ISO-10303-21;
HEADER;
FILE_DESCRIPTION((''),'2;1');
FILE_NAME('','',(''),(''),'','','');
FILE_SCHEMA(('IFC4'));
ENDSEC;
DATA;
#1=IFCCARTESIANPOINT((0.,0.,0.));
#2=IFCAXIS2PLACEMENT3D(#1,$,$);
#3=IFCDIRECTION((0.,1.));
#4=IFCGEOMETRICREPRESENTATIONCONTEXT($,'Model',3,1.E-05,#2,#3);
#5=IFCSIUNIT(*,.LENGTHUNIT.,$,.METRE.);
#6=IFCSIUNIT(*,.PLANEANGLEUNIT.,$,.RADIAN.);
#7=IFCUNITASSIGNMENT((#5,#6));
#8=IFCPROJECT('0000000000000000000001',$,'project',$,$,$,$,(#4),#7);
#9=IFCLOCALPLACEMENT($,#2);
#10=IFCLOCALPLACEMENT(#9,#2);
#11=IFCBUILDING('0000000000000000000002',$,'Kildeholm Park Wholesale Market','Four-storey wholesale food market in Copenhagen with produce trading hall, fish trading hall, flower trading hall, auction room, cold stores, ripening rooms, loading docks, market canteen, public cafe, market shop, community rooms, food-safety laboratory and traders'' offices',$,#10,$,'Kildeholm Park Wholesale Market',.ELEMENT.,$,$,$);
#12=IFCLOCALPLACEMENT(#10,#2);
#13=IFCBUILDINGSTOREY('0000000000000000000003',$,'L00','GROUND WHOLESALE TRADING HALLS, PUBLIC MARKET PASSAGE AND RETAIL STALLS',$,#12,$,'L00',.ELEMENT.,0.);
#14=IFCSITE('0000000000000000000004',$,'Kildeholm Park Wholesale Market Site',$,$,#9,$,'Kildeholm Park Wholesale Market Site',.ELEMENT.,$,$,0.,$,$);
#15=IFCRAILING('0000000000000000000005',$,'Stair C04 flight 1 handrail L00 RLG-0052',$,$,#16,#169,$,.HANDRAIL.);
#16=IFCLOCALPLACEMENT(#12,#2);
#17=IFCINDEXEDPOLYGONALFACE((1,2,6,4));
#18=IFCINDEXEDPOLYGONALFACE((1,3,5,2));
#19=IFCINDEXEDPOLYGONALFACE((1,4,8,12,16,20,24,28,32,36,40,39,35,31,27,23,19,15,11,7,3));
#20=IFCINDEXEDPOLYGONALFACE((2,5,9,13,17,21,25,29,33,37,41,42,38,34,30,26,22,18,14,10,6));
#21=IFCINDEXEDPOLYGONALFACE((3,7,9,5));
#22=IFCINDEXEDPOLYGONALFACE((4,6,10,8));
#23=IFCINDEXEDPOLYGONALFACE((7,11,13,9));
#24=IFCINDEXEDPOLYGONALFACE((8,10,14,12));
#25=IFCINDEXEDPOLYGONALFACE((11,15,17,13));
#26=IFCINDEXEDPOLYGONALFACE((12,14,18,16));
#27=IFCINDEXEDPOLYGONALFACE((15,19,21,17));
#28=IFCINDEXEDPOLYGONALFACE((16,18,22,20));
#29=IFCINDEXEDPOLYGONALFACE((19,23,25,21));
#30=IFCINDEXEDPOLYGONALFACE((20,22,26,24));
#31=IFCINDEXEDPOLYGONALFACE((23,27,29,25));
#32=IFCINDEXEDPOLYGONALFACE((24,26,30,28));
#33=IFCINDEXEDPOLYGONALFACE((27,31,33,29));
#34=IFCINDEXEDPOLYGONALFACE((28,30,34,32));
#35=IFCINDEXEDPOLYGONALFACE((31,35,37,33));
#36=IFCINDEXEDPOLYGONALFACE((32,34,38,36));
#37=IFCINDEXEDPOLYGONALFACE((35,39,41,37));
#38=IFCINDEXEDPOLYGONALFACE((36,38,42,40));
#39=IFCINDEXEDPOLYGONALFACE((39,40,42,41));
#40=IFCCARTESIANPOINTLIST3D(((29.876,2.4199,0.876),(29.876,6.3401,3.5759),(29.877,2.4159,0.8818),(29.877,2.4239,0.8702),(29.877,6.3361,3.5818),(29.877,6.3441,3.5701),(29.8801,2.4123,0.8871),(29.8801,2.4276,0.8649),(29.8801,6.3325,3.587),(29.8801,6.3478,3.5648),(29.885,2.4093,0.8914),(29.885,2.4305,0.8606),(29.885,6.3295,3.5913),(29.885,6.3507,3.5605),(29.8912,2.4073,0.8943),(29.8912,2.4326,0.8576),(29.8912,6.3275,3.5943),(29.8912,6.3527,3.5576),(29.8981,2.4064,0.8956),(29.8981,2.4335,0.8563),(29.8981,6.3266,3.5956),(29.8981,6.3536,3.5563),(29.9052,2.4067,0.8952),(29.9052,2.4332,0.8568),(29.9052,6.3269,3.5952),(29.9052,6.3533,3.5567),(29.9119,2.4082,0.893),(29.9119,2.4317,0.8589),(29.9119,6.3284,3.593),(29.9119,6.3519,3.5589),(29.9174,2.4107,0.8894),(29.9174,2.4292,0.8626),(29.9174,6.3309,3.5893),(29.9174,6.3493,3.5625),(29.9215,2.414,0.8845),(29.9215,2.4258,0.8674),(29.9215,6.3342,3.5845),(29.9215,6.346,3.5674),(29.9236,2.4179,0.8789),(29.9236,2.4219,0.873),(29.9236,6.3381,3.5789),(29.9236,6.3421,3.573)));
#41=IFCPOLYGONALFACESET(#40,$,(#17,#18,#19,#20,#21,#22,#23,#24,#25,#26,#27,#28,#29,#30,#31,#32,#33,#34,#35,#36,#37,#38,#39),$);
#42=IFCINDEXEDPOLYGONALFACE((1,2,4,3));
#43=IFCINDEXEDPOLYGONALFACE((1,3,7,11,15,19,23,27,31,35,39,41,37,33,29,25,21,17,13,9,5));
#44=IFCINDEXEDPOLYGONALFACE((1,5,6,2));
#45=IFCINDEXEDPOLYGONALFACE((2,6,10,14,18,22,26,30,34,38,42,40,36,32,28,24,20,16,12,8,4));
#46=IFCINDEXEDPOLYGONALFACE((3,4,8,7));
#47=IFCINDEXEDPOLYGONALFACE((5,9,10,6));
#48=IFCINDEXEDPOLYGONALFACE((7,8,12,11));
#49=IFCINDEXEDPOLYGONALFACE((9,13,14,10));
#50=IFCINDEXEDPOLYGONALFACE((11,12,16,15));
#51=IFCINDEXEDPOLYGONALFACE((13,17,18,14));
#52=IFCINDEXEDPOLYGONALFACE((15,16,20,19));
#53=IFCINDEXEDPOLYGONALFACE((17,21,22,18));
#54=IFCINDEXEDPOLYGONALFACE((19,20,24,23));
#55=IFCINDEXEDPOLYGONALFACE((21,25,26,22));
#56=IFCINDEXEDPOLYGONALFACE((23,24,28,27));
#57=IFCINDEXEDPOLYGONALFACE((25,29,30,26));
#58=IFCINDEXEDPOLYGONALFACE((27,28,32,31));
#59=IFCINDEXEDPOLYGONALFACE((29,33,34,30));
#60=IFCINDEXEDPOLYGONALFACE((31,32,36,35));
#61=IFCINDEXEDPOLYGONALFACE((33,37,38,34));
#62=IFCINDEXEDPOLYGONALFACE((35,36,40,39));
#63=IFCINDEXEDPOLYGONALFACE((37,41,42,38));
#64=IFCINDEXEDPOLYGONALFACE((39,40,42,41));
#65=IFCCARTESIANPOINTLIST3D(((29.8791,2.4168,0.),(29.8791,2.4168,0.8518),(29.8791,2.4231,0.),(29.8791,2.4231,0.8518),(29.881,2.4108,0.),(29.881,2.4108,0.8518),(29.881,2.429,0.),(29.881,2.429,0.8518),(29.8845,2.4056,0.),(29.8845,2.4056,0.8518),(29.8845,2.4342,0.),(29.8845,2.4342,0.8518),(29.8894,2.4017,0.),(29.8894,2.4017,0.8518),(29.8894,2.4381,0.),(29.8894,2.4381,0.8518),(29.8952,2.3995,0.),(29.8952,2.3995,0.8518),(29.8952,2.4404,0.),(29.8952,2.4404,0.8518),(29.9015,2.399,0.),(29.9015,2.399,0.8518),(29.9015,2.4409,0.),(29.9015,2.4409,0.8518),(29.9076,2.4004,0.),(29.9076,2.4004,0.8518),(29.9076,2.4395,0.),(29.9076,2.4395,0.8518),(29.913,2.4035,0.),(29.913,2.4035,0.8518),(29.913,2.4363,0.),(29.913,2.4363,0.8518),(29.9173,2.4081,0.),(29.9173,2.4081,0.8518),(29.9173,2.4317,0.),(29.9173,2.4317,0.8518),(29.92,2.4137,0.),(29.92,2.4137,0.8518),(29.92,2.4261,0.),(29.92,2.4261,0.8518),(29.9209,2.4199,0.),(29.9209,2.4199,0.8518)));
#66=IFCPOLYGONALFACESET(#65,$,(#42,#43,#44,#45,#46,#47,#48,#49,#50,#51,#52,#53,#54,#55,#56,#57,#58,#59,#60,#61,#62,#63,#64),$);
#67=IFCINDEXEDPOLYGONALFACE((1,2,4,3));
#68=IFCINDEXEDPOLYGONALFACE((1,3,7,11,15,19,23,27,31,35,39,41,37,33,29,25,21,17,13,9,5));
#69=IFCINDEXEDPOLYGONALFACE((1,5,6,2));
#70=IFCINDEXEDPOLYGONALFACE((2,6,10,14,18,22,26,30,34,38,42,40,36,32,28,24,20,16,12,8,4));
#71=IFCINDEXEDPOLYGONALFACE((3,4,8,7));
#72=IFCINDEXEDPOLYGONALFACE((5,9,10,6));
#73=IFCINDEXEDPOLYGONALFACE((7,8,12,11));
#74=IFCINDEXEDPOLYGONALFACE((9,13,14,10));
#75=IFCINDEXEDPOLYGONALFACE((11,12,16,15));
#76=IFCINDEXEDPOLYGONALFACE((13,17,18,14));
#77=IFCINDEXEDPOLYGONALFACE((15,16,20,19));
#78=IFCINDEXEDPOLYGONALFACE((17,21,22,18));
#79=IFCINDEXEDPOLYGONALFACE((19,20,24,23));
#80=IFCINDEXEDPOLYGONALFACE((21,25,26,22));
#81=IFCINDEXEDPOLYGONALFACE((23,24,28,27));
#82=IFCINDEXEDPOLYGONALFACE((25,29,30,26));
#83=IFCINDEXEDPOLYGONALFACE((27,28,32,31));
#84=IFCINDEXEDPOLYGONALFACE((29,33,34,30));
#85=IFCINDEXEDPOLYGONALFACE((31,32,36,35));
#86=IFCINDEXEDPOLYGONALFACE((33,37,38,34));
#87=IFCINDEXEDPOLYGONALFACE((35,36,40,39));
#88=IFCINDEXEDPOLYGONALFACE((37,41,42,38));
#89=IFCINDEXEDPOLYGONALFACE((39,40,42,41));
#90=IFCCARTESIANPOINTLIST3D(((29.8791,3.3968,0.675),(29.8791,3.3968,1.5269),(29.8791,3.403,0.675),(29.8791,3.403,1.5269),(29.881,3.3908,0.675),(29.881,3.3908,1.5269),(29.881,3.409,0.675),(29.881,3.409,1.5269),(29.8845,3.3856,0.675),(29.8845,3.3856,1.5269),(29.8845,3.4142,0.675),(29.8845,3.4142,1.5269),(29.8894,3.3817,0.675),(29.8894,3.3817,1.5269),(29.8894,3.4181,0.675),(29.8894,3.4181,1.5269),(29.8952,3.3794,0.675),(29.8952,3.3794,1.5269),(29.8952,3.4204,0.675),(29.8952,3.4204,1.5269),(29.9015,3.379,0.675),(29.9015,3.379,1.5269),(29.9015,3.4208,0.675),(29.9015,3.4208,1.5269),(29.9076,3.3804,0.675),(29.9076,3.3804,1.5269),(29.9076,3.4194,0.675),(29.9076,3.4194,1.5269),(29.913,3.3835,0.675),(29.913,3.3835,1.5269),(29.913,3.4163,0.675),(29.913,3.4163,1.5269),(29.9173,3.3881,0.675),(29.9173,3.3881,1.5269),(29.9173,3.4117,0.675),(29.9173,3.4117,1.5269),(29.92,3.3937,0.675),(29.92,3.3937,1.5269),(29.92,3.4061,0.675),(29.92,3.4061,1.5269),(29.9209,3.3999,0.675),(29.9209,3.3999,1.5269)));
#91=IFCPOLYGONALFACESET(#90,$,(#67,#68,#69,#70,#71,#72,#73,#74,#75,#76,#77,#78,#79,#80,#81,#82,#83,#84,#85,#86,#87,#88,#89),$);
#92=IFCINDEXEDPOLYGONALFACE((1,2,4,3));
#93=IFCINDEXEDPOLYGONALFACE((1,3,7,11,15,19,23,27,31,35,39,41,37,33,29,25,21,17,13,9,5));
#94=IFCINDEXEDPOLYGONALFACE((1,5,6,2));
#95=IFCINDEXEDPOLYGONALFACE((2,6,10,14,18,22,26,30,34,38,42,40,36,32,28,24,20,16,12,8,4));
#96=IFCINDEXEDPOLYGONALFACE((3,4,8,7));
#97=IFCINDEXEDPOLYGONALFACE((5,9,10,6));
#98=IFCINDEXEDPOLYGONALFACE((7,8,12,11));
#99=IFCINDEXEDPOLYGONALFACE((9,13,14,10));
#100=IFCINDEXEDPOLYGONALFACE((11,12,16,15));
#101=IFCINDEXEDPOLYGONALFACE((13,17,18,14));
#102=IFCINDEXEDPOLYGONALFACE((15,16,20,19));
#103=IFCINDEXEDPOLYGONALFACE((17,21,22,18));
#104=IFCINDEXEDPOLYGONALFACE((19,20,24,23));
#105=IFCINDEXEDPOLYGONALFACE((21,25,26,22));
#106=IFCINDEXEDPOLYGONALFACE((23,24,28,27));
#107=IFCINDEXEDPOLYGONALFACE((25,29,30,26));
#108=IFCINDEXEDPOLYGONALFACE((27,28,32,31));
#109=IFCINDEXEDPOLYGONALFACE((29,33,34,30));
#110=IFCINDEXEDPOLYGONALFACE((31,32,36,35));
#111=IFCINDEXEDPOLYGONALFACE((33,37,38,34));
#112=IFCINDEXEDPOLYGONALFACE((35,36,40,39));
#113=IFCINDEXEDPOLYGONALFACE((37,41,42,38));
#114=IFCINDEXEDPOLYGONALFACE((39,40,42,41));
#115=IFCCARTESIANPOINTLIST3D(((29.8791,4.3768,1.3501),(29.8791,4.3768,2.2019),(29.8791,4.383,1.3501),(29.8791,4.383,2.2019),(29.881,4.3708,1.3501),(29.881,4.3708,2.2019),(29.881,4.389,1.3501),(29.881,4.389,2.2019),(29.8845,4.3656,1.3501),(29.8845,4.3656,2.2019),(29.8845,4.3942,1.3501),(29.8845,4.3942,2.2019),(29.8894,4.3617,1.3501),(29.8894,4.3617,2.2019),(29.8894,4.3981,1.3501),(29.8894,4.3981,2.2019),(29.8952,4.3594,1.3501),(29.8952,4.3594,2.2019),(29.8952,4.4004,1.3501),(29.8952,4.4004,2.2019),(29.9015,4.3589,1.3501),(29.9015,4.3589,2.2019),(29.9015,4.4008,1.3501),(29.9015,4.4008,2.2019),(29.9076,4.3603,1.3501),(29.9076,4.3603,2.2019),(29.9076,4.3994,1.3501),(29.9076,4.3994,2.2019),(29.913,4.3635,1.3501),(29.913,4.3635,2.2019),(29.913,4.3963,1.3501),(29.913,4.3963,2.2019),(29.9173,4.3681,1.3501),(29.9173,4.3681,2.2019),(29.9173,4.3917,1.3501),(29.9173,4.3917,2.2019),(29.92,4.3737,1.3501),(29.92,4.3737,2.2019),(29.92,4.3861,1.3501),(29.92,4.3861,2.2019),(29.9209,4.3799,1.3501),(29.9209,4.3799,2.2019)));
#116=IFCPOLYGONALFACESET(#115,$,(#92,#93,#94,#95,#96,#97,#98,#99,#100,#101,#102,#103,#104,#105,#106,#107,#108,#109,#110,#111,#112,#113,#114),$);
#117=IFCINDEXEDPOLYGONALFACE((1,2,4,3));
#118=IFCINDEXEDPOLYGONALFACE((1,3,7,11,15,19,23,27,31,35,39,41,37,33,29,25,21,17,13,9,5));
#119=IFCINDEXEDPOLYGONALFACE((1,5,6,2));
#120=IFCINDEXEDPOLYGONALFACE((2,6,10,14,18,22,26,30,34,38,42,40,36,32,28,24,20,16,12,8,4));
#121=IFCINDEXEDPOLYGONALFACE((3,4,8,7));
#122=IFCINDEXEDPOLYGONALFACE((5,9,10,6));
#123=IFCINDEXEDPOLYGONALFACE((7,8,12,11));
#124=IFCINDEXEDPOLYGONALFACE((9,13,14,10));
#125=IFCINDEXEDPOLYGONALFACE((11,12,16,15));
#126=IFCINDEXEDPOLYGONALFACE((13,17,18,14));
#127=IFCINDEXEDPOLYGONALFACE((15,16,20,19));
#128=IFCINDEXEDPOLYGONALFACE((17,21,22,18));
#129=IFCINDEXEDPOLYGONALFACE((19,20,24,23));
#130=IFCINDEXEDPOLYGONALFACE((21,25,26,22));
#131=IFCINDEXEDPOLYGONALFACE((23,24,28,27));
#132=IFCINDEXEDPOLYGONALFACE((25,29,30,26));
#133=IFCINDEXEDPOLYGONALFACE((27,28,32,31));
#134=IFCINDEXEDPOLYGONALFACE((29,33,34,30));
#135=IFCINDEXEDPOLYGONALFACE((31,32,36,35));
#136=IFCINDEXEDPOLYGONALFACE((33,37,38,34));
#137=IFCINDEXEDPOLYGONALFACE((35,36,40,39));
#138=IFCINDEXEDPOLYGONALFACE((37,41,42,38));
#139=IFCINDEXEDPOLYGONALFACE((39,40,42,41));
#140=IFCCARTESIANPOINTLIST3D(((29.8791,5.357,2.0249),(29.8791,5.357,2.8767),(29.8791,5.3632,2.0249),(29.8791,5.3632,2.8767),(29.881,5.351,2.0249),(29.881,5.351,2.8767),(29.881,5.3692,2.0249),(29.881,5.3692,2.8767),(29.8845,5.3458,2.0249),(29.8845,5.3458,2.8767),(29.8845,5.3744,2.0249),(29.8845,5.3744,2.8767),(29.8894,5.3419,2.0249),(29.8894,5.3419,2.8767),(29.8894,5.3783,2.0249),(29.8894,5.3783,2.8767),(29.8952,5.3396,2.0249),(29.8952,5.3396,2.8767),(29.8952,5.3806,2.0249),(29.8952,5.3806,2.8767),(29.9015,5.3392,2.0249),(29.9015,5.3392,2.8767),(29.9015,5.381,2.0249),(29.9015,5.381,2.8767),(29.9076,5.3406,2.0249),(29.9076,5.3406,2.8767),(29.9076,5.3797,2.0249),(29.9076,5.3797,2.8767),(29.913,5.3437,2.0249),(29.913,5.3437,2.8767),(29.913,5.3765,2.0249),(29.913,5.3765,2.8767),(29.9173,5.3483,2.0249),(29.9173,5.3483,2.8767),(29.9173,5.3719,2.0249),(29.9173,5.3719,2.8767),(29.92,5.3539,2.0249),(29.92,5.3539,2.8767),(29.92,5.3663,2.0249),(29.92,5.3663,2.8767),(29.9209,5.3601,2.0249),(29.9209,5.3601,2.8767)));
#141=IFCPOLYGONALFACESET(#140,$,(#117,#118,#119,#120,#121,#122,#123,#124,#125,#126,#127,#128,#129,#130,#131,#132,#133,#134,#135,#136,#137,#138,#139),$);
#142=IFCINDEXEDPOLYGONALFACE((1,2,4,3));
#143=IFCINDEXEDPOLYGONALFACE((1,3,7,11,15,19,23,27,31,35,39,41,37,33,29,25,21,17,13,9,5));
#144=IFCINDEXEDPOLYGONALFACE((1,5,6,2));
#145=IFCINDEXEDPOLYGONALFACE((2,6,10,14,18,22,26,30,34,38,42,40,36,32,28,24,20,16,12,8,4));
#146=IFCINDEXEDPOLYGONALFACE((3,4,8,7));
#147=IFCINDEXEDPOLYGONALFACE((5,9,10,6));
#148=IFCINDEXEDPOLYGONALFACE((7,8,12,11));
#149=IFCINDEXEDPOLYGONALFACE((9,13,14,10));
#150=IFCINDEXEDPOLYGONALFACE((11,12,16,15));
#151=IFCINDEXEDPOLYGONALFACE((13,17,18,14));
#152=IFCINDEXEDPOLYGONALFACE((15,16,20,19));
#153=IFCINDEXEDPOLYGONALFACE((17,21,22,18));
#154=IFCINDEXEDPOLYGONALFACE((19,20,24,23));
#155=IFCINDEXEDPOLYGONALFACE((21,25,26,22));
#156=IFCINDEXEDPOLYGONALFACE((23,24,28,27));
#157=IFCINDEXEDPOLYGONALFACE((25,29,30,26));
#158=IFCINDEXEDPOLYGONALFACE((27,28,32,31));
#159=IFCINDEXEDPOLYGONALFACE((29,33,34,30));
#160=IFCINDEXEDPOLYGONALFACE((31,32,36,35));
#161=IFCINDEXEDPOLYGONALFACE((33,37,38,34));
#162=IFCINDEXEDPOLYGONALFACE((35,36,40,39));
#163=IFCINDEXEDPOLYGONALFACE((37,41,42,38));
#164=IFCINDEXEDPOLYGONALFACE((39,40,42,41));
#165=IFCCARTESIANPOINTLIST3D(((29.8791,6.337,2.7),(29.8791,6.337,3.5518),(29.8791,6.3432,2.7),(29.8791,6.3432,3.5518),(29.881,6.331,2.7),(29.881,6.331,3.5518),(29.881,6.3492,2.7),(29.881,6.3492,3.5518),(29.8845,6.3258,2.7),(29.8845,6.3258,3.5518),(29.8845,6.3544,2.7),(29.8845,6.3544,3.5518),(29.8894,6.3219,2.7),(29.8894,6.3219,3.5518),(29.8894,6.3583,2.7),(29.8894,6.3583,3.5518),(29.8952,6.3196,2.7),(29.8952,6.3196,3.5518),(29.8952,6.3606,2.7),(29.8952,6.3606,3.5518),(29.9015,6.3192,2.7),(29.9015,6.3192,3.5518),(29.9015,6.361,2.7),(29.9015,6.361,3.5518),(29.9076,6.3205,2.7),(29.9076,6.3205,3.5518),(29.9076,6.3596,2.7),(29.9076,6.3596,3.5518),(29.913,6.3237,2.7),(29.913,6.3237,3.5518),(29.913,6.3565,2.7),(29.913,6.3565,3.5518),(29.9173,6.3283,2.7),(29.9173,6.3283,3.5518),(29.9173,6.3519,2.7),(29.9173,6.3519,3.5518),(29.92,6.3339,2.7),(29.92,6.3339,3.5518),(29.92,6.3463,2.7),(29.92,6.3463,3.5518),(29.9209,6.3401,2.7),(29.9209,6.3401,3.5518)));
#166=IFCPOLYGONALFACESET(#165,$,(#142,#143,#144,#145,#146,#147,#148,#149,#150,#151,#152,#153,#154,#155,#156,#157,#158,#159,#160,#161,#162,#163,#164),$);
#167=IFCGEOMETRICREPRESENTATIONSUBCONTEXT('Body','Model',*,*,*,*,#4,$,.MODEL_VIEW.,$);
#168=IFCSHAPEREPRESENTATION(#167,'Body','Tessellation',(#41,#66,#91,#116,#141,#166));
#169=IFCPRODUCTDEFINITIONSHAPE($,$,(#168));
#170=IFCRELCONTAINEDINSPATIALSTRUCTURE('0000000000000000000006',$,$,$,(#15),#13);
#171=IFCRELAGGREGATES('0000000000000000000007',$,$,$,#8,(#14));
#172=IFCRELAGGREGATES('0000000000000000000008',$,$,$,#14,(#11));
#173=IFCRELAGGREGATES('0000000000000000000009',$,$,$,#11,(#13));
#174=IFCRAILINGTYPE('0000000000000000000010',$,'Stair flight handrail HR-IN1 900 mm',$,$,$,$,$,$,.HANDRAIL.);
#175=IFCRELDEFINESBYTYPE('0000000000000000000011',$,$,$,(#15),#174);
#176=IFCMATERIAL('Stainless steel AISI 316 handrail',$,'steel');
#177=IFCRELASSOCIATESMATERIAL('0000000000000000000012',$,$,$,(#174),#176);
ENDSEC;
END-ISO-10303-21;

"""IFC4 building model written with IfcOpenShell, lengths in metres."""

from ifc_helpers import new_model, si_unit, direction, frame, origin, origin_2d, place, context, subcontext, project, spatial, circle, extrude, material, type_object, element, save


model = new_model("IFC4")

# Units and contexts
model_context = context("Model", 3, precision=1e-05, world=origin(), true_north=direction((0.0, 1.0)))
body_context = subcontext(model_context, "Body", "Model", "MODEL_VIEW")
ifc_project = project(units=[si_unit("LENGTHUNIT", "METRE"), si_unit("PLANEANGLEUNIT", "RADIAN")], contexts=[model_context])

# Site, building, storey
site_placement = place(None, origin())
site = spatial("IfcSite", under=ifc_project, at=site_placement, Name="Kildeholm Park Wholesale Market Site", LongName="Kildeholm Park Wholesale Market Site", CompositionType="ELEMENT", RefElevation=0.0)
building_placement = place(site_placement, origin())
building = spatial("IfcBuilding", under=site, at=building_placement, Name="Kildeholm Park Wholesale Market", Description="Four-storey wholesale food market in Copenhagen with produce trading hall, fish trading hall, flower trading hall, auction room, cold stores, ripening rooms, loading docks, market canteen, public cafe, market shop, community rooms, food-safety laboratory and traders' offices", LongName="Kildeholm Park Wholesale Market", CompositionType="ELEMENT")
storey_placement = place(building_placement, origin())
storey = spatial("IfcBuildingStorey", under=building, at=storey_placement, Name="L00", Description="GROUND WHOLESALE TRADING HALLS, PUBLIC MARKET PASSAGE AND RETAIL STALLS", LongName="L00", CompositionType="ELEMENT", Elevation=0.0)

# Railing
ifc_material_1 = material(Name="Stainless steel AISI 316 handrail", Category="steel")
railing_type_1 = type_object("IfcRailingType", Name="Stair flight handrail HR-IN1 900 mm", PredefinedType="HANDRAIL", material=ifc_material_1)
railing_1_placement = place(storey_placement, frame((29.8999, 2.4199, 0.0)))
element("IfcRailing", 1, at=railing_1_placement, inside=storey, type_object=railing_type_1, Name="Stair C04 flight 1 handrail L00 RLG-0052", PredefinedType="HANDRAIL", context=body_context, shape_type="SweptSolid", body=[
    extrude(circle(Radius=0.0239, at=origin_2d()), frame((0.0, 0.0, 0.876), z_axis=(0.0, 0.823567, 0.567219), x_axis=(-1.0, 0.0, 0.0)), (0.0, 0.0, 1.0), 4.76),
    extrude(circle(Radius=0.021, at=origin_2d()), origin(), (0.0, 0.0, 1.0), 0.8518),
    extrude(circle(Radius=0.021, at=origin_2d()), frame((0.0, 0.98, 0.675)), (0.0, 0.0, 1.0), 0.8518),
    extrude(circle(Radius=0.021, at=origin_2d()), frame((0.0, 1.96, 1.3501)), (0.0, 0.0, 1.0), 0.8518),
    extrude(circle(Radius=0.021, at=origin_2d()), frame((0.0, 2.9402, 2.0249)), (0.0, 0.0, 1.0), 0.8518),
    extrude(circle(Radius=0.021, at=origin_2d()), frame((0.0, 3.9202, 2.7)), (0.0, 0.0, 1.0), 0.8518),
])

save(model, "model.ifc")
